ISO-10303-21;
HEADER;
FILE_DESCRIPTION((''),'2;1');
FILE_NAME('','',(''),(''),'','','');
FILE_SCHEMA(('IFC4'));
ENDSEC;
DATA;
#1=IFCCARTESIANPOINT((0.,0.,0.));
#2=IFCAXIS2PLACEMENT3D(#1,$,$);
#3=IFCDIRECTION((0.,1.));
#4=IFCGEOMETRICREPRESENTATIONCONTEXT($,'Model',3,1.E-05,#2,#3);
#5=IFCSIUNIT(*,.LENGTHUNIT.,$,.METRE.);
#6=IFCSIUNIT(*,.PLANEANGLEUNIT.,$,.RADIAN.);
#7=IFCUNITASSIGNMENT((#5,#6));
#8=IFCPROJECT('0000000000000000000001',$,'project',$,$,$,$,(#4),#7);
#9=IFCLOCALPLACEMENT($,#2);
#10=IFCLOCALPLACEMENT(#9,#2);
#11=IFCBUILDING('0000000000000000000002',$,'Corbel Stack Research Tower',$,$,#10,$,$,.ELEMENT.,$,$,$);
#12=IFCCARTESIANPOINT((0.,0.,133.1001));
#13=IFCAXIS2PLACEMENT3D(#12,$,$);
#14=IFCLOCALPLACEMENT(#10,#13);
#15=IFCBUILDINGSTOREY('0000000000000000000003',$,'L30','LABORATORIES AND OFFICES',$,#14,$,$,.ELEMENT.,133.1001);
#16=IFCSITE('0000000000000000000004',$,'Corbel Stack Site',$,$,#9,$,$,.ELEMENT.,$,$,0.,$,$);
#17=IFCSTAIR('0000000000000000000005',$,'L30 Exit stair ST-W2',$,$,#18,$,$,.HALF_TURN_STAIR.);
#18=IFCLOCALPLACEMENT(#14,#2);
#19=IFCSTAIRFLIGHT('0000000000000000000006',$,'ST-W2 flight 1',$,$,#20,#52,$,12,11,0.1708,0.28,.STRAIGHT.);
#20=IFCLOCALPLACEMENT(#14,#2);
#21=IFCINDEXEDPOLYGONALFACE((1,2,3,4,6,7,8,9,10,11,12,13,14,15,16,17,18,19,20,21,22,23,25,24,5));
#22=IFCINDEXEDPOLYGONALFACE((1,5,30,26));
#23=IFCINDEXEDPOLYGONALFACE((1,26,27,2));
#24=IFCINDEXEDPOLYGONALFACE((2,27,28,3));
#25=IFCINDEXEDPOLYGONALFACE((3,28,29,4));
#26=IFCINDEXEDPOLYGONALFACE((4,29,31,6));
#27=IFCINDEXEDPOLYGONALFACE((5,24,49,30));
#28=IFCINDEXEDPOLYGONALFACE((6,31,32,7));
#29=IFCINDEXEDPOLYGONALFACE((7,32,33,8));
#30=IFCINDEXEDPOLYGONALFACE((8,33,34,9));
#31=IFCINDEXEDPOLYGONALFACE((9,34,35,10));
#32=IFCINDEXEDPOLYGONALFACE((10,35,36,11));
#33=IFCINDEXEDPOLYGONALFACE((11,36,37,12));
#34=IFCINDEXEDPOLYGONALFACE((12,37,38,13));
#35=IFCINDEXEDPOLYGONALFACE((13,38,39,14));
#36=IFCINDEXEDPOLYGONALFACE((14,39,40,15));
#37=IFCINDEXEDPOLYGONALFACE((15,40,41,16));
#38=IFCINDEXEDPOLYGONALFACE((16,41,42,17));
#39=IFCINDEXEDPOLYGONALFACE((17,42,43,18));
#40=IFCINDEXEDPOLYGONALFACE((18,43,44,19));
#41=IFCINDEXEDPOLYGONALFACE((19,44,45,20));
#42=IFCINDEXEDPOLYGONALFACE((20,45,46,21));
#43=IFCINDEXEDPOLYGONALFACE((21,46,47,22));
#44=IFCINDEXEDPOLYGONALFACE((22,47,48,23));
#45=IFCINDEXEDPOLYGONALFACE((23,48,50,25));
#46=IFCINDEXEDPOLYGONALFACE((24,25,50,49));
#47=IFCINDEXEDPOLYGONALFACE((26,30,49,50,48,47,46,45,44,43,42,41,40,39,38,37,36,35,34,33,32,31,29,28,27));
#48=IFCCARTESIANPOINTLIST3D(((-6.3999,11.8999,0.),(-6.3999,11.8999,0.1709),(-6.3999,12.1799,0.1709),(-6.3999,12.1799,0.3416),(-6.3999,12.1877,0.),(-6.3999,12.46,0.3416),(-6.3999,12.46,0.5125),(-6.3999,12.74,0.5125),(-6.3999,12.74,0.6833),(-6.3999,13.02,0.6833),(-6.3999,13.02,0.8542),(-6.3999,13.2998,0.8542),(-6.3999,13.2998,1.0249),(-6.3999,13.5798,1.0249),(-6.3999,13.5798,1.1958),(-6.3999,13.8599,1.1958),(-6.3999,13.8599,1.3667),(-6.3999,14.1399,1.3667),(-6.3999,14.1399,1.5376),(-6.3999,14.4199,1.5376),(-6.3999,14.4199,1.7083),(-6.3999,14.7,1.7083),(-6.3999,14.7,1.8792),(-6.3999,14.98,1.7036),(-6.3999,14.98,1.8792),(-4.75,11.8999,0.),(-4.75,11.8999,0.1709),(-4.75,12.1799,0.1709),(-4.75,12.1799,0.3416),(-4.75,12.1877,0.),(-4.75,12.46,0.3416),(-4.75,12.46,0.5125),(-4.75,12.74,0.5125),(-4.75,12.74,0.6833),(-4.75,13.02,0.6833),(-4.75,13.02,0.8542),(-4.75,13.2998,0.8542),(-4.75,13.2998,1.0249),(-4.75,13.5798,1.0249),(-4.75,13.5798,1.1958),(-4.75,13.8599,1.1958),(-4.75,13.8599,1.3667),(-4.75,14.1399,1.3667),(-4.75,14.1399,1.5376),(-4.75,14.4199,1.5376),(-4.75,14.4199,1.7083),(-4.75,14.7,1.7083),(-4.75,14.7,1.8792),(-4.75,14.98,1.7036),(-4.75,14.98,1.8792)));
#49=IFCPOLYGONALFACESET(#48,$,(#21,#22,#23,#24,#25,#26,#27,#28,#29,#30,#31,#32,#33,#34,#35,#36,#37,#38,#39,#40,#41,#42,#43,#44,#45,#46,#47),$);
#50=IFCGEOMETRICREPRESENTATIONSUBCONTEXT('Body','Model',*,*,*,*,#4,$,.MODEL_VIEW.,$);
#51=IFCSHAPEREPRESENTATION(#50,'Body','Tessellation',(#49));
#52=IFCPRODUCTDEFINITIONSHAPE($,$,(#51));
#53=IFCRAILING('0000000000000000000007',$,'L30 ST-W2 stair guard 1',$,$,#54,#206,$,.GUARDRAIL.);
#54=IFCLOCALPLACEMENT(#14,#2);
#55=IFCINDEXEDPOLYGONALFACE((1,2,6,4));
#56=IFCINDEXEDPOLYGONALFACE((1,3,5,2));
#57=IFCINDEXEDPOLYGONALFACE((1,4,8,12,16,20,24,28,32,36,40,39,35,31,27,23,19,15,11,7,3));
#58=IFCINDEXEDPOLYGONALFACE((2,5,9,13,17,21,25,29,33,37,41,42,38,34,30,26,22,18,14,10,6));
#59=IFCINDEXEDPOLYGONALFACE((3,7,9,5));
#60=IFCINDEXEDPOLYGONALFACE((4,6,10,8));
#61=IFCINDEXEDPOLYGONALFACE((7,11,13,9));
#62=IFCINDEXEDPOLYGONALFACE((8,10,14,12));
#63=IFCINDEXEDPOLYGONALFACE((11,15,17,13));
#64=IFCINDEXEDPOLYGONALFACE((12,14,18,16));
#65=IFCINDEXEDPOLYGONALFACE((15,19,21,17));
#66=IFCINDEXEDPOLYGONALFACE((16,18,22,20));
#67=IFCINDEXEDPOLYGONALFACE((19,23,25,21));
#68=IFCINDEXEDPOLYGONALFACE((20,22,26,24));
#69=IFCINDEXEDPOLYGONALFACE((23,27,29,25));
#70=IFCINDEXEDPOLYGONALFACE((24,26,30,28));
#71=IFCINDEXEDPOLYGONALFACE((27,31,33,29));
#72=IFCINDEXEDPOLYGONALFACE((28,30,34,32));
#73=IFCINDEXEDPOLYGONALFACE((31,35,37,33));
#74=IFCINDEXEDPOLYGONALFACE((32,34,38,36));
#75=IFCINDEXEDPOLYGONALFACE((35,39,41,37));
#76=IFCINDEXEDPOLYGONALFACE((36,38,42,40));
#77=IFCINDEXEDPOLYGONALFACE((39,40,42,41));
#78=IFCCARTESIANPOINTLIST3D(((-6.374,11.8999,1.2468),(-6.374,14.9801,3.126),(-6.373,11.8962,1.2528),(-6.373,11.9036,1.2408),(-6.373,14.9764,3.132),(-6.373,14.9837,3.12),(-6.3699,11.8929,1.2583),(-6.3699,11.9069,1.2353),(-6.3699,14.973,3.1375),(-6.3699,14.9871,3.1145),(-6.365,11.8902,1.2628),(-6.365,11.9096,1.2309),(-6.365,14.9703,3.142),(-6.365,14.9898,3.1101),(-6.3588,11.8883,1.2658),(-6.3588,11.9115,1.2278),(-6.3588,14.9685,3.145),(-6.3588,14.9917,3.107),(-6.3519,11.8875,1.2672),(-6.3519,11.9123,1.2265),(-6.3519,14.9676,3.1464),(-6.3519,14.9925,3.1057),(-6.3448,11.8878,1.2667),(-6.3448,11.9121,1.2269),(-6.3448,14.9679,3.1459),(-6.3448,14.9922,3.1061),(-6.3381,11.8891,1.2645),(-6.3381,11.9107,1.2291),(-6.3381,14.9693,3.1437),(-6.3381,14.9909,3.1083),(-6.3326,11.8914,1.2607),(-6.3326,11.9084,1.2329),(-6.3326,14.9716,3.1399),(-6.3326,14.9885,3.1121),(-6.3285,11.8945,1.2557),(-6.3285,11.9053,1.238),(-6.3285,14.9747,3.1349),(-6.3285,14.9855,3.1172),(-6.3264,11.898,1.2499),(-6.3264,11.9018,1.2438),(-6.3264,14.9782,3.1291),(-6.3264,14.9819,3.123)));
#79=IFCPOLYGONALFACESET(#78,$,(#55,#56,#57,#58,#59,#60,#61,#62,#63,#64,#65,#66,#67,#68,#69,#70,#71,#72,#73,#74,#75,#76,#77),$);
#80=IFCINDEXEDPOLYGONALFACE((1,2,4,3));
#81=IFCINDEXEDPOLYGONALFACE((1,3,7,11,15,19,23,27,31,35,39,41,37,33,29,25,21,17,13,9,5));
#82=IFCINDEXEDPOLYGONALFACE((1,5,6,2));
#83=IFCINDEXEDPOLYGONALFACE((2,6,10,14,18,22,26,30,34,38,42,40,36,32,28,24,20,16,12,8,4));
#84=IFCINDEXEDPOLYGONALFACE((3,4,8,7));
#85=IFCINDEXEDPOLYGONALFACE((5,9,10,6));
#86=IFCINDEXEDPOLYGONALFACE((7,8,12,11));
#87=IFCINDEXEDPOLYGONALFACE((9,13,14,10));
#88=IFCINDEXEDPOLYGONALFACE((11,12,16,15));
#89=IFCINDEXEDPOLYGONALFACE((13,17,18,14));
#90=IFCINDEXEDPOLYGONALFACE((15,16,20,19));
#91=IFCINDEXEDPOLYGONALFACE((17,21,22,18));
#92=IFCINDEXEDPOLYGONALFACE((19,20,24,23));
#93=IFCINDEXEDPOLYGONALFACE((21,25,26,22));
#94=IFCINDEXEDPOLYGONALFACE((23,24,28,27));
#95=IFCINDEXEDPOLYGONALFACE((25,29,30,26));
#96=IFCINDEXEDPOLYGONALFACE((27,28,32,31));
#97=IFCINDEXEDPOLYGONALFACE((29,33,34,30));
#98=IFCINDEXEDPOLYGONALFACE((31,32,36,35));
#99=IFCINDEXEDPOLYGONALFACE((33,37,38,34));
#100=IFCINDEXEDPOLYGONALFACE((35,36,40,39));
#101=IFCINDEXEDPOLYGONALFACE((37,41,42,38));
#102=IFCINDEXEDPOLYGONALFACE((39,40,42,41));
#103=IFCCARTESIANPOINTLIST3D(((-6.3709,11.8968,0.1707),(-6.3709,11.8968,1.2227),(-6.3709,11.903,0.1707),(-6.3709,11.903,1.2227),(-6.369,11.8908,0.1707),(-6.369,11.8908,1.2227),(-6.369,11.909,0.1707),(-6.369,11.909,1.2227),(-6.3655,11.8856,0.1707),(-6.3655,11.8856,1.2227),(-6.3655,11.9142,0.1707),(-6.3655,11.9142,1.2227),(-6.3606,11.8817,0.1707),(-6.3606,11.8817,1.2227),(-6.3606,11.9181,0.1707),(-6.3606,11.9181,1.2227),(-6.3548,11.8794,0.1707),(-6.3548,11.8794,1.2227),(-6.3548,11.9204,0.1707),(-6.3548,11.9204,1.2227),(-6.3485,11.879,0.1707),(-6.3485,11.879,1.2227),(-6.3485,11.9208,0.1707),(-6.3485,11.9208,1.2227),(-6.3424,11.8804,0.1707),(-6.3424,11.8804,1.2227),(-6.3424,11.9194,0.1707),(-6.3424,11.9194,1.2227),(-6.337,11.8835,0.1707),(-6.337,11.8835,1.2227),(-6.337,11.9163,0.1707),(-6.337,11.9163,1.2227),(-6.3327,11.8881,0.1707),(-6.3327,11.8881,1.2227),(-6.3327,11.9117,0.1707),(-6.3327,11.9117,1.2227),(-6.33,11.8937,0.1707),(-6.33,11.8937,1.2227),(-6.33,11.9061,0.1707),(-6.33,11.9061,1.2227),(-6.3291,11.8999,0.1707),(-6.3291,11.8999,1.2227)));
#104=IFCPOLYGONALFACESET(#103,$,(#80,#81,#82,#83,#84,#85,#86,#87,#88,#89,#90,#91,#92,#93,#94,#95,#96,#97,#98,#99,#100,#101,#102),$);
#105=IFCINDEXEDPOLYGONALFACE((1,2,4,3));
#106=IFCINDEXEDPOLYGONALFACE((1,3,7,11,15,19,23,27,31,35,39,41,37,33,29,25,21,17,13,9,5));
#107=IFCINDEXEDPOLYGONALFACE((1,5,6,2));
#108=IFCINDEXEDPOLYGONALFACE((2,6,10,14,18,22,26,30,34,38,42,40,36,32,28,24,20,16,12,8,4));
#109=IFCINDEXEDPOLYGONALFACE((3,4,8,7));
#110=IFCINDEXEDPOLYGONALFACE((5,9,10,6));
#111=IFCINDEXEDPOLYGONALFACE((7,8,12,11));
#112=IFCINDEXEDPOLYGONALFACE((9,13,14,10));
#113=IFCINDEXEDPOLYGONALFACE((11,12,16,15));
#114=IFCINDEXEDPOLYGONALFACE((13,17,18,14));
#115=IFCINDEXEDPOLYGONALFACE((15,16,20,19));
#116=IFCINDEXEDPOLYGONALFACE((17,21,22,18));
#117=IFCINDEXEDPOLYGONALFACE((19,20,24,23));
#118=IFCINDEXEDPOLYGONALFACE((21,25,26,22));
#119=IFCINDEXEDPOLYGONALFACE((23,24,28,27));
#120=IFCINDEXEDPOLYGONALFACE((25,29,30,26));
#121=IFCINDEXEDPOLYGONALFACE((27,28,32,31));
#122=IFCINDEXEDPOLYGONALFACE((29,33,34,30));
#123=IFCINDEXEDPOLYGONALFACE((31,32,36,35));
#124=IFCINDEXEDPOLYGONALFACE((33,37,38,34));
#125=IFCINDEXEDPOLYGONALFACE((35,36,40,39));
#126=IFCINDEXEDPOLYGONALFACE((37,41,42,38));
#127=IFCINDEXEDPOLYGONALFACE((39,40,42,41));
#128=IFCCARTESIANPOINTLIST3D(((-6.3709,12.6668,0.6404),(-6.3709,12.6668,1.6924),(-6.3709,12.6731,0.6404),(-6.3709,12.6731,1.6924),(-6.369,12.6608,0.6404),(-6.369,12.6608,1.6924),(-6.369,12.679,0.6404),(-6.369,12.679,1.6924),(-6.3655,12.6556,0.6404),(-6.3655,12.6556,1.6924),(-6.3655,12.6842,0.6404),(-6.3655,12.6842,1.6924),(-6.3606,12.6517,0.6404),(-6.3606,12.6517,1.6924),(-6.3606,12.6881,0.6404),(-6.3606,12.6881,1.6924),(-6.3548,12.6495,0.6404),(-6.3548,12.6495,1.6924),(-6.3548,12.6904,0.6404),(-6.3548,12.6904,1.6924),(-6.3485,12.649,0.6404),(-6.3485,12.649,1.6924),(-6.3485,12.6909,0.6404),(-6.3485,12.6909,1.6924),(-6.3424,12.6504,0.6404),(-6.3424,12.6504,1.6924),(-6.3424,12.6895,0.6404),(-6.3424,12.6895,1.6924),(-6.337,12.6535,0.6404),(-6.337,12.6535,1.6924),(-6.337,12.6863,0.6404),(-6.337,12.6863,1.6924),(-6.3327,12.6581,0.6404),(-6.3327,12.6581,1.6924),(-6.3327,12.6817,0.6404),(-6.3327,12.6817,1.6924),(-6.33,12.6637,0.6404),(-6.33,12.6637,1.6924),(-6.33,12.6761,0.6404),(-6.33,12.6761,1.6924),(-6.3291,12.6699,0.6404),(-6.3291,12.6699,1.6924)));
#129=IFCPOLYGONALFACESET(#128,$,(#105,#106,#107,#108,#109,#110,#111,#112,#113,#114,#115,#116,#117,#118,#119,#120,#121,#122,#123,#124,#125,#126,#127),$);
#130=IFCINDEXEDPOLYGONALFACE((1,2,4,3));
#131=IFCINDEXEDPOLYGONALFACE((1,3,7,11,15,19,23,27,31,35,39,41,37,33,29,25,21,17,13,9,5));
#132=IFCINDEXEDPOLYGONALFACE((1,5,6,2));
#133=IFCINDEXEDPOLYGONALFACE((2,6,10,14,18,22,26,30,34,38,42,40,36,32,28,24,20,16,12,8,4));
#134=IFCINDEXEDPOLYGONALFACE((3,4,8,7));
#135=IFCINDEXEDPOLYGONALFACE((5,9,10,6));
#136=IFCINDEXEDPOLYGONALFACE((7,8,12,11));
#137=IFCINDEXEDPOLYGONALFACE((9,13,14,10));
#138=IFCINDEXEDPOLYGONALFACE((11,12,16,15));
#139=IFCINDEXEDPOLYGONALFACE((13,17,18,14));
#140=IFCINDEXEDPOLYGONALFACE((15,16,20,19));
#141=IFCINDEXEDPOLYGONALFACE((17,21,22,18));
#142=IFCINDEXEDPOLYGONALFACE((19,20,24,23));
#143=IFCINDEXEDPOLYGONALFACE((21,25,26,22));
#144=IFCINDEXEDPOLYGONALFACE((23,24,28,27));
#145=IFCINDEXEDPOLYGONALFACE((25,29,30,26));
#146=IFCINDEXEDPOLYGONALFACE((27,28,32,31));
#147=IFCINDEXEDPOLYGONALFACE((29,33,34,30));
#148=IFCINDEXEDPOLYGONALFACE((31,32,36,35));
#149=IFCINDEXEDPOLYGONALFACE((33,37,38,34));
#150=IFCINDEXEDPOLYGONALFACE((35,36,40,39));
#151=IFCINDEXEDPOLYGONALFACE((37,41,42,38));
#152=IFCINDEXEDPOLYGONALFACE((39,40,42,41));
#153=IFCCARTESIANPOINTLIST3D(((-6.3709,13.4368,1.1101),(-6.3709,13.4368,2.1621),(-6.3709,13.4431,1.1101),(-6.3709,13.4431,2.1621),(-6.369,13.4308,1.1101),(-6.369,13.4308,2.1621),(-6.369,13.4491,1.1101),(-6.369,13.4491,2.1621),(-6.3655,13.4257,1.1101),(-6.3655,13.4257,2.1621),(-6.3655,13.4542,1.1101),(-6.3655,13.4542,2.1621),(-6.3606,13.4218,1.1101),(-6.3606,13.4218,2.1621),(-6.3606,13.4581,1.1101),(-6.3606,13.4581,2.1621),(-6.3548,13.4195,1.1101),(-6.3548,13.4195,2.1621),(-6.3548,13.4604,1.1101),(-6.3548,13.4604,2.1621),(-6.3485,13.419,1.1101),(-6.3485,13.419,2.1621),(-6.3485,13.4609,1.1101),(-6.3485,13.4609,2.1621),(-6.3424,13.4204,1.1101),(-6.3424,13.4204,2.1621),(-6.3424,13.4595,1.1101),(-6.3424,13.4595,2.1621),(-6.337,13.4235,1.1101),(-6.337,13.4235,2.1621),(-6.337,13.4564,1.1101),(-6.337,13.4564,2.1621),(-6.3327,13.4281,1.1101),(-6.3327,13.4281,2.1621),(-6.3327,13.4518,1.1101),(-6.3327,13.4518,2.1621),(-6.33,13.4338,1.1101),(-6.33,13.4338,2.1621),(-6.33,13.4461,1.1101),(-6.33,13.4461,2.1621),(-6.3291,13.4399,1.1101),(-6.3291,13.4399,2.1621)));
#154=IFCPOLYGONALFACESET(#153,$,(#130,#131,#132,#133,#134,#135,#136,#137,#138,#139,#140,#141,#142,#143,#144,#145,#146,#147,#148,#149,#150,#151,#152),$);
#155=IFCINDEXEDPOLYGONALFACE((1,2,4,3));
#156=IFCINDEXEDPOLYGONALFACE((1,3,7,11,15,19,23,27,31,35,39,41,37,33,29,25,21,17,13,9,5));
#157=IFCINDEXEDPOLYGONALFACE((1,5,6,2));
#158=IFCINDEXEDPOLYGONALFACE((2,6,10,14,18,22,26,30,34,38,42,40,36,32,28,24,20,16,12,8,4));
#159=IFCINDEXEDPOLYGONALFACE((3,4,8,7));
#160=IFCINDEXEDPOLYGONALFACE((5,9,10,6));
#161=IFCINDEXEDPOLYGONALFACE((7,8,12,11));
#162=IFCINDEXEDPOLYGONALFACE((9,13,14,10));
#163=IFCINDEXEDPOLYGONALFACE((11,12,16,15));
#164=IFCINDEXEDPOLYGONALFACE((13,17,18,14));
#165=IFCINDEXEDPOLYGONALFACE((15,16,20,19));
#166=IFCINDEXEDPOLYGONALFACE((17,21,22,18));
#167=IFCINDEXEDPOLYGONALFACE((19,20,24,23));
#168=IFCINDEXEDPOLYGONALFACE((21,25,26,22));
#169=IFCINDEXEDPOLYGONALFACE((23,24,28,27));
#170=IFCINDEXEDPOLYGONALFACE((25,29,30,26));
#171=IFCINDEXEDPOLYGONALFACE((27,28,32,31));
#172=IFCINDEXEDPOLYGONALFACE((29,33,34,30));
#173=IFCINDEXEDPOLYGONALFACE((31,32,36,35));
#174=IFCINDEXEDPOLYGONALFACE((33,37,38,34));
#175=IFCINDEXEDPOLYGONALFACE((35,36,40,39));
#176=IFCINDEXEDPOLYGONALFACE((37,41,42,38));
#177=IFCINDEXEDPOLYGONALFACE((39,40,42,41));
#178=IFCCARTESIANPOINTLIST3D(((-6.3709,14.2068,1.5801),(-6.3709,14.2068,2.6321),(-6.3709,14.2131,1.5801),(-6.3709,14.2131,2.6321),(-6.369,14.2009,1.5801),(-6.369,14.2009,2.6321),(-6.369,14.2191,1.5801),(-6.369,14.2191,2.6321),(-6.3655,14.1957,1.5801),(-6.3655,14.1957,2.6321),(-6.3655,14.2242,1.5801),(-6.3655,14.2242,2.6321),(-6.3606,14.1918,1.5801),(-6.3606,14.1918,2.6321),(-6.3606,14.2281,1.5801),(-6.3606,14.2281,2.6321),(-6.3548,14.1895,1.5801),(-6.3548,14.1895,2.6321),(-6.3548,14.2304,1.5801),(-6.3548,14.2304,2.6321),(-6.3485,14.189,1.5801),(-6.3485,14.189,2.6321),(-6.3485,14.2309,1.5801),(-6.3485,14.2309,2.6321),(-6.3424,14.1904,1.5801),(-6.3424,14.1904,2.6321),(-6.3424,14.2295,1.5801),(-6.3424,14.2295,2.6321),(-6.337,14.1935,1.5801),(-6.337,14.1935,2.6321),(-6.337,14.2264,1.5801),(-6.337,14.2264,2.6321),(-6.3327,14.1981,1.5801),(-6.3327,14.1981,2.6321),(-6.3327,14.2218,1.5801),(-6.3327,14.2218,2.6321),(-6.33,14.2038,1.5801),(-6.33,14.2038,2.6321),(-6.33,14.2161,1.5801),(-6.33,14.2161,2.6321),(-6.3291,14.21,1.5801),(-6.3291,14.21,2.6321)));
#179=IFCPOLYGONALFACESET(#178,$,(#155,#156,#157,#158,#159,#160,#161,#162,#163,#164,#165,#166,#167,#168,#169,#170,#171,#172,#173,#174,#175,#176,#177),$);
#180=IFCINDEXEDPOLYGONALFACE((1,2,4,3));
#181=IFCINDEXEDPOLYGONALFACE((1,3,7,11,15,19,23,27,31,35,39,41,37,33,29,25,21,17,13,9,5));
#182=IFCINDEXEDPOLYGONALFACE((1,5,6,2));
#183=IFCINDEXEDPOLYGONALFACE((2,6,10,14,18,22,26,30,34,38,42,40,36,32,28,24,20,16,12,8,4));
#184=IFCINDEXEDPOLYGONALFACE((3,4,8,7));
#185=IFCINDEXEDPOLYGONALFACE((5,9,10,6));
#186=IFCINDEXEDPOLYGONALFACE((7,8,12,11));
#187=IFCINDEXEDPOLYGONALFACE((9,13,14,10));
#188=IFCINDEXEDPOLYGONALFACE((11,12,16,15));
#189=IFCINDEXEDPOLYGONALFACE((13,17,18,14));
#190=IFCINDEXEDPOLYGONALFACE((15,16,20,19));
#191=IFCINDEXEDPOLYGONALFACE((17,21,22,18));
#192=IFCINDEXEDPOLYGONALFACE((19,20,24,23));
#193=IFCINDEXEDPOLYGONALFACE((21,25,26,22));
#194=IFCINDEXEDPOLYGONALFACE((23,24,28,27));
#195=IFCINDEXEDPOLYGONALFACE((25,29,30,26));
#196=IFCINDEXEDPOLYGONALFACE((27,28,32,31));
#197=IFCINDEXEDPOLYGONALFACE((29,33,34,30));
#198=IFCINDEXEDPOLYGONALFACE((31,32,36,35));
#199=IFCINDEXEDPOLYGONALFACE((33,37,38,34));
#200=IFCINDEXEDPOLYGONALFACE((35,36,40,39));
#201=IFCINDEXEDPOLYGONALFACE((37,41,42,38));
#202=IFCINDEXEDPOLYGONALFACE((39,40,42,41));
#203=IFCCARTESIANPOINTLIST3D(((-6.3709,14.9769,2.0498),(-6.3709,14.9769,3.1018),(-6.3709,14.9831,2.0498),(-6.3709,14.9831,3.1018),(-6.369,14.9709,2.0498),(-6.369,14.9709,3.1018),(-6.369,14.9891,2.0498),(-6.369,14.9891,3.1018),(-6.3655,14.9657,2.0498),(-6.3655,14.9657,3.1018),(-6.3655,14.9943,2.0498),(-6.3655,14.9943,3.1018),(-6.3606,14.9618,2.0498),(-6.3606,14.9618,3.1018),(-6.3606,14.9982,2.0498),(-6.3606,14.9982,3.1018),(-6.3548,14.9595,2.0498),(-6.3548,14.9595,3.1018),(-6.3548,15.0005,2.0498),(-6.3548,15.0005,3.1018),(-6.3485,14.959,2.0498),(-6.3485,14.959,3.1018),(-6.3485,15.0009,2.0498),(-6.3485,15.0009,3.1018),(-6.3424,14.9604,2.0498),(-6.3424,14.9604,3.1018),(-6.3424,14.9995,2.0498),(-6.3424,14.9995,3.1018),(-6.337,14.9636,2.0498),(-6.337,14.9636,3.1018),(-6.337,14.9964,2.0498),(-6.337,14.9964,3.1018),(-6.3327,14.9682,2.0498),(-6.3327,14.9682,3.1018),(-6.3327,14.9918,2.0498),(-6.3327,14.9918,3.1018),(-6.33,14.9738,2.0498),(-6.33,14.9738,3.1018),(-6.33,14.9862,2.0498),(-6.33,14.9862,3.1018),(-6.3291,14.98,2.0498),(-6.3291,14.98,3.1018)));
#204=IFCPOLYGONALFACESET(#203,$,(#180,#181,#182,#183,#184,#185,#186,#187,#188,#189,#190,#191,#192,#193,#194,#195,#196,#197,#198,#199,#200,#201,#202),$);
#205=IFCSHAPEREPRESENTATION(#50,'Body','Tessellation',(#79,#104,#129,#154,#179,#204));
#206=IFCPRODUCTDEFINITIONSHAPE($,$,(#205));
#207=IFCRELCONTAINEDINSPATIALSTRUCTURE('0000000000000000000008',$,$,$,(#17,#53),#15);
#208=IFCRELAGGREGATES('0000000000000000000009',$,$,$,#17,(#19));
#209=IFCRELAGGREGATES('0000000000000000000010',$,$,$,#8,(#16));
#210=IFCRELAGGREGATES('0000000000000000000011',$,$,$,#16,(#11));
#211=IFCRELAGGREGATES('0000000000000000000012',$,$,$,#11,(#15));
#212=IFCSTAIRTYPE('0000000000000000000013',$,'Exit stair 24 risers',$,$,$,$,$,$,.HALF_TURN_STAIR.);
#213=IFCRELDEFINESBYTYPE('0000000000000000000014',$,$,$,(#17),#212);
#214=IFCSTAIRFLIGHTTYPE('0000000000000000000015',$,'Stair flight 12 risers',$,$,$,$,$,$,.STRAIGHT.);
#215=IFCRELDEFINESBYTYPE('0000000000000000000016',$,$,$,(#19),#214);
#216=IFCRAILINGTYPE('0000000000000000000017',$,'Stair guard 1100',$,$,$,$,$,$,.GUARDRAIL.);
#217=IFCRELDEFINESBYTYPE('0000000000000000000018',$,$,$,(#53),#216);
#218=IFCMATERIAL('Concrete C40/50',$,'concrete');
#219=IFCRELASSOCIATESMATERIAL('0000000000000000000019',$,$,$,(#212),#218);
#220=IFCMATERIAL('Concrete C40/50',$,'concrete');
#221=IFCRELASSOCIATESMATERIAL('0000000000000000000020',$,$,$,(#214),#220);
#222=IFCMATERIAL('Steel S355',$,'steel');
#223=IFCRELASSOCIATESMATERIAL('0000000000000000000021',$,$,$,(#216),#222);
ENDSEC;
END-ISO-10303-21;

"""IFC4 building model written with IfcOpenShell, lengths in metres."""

from ifc_helpers import new_model, si_unit, direction, frame, origin, origin_2d, place, context, subcontext, project, spatial, polyline, circle, outline, extrude, material, type_object, element, aggregate, save


model = new_model("IFC4")

# Units and contexts
model_context = context("Model", 3, precision=1e-05, world=origin(), true_north=direction((0.0, 1.0)))
body_context = subcontext(model_context, "Body", "Model", "MODEL_VIEW")
ifc_project = project(units=[si_unit("LENGTHUNIT", "METRE"), si_unit("PLANEANGLEUNIT", "RADIAN")], contexts=[model_context])

# Site, building, storey
site_placement = place(None, origin())
site = spatial("IfcSite", under=ifc_project, at=site_placement, Name="Corbel Stack Site", CompositionType="ELEMENT", RefElevation=0.0)
building_placement = place(site_placement, origin())
building = spatial("IfcBuilding", under=site, at=building_placement, Name="Corbel Stack Research Tower", CompositionType="ELEMENT")
storey_placement = place(building_placement, frame((0.0, 0.0, 133.1001)))
storey = spatial("IfcBuildingStorey", under=building, at=storey_placement, Name="L30", Description="LABORATORIES AND OFFICES", CompositionType="ELEMENT", Elevation=133.1001)

# Stair, stair flight
ifc_material_1 = material(Name="Concrete C40/50", Category="concrete")
stair_type = type_object("IfcStairType", Name="Exit stair 24 risers", PredefinedType="HALF_TURN_STAIR", material=ifc_material_1)
stair_placement = place(storey_placement, origin())
stair = element("IfcStair", 1, at=stair_placement, inside=storey, type_object=stair_type, Name="L30 Exit stair ST-W2", PredefinedType="HALF_TURN_STAIR")
ifc_material_2 = material(Name="Concrete C40/50", Category="concrete")
stair_flight_type = type_object("IfcStairFlightType", Name="Stair flight 12 risers", PredefinedType="STRAIGHT", material=ifc_material_2)
stair_flight_placement = place(storey_placement, frame((-5.575, 11.8999, 0.0), z_axis=(0.0, 0.0, 1.0), x_axis=(0.0, 1.0, 0.0)))
stair_flight = element("IfcStairFlight", 2, at=stair_flight_placement, type_object=stair_flight_type, Name="ST-W2 flight 1", NumberOfRisers=12, NumberOfTreads=11, PredefinedType="STRAIGHT", RiserHeight=0.1708, TreadLength=0.28, context=body_context, shape_type="SweptSolid", body=[
    extrude(outline(polyline([(0.0, 0.0), (0.0, 0.1709), (0.28, 0.1709), (0.28, 0.3416), (0.5601, 0.3416), (0.5601, 0.5125), (0.8401, 0.5125), (0.8401, 0.6833), (1.1201, 0.6833), (1.1201, 0.8542), (1.3999, 0.8542), (1.3999, 1.0249), (1.6799, 1.0249), (1.6799, 1.1958), (1.96, 1.1958), (1.96, 1.3667), (2.24, 1.3667), (2.24, 1.5376), (2.52, 1.5376), (2.52, 1.7083), (2.8, 1.7083), (2.8, 1.8792), (3.0801, 1.8792), (3.0801, 2.05), (3.0801, 1.7036), (0.2878, 0.0), (0.0, 0.0)])), frame((0.0, 0.825, 0.0), z_axis=(0.0, -1.0, 0.0), x_axis=(1.0, 0.0, 0.0)), (0.0, 0.0, 1.0), 1.6499),
])
aggregate(stair, [stair_flight])

# Railing
ifc_material_3 = material(Name="Steel S355", Category="steel")
railing_type_1 = type_object("IfcRailingType", Name="Stair guard 1100", PredefinedType="GUARDRAIL", material=ifc_material_3)
railing_1_placement = place(storey_placement, frame((-6.3501, 11.8999, 0.1707)))
element("IfcRailing", 3, at=railing_1_placement, inside=storey, type_object=railing_type_1, Name="L30 ST-W2 stair guard 1", PredefinedType="GUARDRAIL", context=body_context, shape_type="SweptSolid", body=[
    extrude(circle(Radius=0.0239, at=origin_2d()), frame((0.0, 0.0, 1.0762), z_axis=(0.0, 0.853666, 0.52082), x_axis=(-1.0, 0.0, 0.0)), (0.0, 0.0, 1.0), 3.6082),
    extrude(circle(Radius=0.021, at=origin_2d()), origin(), (0.0, 0.0, 1.0), 1.052),
    extrude(circle(Radius=0.021, at=origin_2d()), frame((0.0, 0.77, 0.4697)), (0.0, 0.0, 1.0), 1.052),
    extrude(circle(Radius=0.021, at=origin_2d()), frame((0.0, 1.54, 0.9395)), (0.0, 0.0, 1.0), 1.052),
    extrude(circle(Radius=0.021, at=origin_2d()), frame((0.0, 2.3101, 1.4094)), (0.0, 0.0, 1.0), 1.052),
    extrude(circle(Radius=0.021, at=origin_2d()), frame((0.0, 3.0801, 1.8792)), (0.0, 0.0, 1.0), 1.052),
])

save(model, "model.ifc")
